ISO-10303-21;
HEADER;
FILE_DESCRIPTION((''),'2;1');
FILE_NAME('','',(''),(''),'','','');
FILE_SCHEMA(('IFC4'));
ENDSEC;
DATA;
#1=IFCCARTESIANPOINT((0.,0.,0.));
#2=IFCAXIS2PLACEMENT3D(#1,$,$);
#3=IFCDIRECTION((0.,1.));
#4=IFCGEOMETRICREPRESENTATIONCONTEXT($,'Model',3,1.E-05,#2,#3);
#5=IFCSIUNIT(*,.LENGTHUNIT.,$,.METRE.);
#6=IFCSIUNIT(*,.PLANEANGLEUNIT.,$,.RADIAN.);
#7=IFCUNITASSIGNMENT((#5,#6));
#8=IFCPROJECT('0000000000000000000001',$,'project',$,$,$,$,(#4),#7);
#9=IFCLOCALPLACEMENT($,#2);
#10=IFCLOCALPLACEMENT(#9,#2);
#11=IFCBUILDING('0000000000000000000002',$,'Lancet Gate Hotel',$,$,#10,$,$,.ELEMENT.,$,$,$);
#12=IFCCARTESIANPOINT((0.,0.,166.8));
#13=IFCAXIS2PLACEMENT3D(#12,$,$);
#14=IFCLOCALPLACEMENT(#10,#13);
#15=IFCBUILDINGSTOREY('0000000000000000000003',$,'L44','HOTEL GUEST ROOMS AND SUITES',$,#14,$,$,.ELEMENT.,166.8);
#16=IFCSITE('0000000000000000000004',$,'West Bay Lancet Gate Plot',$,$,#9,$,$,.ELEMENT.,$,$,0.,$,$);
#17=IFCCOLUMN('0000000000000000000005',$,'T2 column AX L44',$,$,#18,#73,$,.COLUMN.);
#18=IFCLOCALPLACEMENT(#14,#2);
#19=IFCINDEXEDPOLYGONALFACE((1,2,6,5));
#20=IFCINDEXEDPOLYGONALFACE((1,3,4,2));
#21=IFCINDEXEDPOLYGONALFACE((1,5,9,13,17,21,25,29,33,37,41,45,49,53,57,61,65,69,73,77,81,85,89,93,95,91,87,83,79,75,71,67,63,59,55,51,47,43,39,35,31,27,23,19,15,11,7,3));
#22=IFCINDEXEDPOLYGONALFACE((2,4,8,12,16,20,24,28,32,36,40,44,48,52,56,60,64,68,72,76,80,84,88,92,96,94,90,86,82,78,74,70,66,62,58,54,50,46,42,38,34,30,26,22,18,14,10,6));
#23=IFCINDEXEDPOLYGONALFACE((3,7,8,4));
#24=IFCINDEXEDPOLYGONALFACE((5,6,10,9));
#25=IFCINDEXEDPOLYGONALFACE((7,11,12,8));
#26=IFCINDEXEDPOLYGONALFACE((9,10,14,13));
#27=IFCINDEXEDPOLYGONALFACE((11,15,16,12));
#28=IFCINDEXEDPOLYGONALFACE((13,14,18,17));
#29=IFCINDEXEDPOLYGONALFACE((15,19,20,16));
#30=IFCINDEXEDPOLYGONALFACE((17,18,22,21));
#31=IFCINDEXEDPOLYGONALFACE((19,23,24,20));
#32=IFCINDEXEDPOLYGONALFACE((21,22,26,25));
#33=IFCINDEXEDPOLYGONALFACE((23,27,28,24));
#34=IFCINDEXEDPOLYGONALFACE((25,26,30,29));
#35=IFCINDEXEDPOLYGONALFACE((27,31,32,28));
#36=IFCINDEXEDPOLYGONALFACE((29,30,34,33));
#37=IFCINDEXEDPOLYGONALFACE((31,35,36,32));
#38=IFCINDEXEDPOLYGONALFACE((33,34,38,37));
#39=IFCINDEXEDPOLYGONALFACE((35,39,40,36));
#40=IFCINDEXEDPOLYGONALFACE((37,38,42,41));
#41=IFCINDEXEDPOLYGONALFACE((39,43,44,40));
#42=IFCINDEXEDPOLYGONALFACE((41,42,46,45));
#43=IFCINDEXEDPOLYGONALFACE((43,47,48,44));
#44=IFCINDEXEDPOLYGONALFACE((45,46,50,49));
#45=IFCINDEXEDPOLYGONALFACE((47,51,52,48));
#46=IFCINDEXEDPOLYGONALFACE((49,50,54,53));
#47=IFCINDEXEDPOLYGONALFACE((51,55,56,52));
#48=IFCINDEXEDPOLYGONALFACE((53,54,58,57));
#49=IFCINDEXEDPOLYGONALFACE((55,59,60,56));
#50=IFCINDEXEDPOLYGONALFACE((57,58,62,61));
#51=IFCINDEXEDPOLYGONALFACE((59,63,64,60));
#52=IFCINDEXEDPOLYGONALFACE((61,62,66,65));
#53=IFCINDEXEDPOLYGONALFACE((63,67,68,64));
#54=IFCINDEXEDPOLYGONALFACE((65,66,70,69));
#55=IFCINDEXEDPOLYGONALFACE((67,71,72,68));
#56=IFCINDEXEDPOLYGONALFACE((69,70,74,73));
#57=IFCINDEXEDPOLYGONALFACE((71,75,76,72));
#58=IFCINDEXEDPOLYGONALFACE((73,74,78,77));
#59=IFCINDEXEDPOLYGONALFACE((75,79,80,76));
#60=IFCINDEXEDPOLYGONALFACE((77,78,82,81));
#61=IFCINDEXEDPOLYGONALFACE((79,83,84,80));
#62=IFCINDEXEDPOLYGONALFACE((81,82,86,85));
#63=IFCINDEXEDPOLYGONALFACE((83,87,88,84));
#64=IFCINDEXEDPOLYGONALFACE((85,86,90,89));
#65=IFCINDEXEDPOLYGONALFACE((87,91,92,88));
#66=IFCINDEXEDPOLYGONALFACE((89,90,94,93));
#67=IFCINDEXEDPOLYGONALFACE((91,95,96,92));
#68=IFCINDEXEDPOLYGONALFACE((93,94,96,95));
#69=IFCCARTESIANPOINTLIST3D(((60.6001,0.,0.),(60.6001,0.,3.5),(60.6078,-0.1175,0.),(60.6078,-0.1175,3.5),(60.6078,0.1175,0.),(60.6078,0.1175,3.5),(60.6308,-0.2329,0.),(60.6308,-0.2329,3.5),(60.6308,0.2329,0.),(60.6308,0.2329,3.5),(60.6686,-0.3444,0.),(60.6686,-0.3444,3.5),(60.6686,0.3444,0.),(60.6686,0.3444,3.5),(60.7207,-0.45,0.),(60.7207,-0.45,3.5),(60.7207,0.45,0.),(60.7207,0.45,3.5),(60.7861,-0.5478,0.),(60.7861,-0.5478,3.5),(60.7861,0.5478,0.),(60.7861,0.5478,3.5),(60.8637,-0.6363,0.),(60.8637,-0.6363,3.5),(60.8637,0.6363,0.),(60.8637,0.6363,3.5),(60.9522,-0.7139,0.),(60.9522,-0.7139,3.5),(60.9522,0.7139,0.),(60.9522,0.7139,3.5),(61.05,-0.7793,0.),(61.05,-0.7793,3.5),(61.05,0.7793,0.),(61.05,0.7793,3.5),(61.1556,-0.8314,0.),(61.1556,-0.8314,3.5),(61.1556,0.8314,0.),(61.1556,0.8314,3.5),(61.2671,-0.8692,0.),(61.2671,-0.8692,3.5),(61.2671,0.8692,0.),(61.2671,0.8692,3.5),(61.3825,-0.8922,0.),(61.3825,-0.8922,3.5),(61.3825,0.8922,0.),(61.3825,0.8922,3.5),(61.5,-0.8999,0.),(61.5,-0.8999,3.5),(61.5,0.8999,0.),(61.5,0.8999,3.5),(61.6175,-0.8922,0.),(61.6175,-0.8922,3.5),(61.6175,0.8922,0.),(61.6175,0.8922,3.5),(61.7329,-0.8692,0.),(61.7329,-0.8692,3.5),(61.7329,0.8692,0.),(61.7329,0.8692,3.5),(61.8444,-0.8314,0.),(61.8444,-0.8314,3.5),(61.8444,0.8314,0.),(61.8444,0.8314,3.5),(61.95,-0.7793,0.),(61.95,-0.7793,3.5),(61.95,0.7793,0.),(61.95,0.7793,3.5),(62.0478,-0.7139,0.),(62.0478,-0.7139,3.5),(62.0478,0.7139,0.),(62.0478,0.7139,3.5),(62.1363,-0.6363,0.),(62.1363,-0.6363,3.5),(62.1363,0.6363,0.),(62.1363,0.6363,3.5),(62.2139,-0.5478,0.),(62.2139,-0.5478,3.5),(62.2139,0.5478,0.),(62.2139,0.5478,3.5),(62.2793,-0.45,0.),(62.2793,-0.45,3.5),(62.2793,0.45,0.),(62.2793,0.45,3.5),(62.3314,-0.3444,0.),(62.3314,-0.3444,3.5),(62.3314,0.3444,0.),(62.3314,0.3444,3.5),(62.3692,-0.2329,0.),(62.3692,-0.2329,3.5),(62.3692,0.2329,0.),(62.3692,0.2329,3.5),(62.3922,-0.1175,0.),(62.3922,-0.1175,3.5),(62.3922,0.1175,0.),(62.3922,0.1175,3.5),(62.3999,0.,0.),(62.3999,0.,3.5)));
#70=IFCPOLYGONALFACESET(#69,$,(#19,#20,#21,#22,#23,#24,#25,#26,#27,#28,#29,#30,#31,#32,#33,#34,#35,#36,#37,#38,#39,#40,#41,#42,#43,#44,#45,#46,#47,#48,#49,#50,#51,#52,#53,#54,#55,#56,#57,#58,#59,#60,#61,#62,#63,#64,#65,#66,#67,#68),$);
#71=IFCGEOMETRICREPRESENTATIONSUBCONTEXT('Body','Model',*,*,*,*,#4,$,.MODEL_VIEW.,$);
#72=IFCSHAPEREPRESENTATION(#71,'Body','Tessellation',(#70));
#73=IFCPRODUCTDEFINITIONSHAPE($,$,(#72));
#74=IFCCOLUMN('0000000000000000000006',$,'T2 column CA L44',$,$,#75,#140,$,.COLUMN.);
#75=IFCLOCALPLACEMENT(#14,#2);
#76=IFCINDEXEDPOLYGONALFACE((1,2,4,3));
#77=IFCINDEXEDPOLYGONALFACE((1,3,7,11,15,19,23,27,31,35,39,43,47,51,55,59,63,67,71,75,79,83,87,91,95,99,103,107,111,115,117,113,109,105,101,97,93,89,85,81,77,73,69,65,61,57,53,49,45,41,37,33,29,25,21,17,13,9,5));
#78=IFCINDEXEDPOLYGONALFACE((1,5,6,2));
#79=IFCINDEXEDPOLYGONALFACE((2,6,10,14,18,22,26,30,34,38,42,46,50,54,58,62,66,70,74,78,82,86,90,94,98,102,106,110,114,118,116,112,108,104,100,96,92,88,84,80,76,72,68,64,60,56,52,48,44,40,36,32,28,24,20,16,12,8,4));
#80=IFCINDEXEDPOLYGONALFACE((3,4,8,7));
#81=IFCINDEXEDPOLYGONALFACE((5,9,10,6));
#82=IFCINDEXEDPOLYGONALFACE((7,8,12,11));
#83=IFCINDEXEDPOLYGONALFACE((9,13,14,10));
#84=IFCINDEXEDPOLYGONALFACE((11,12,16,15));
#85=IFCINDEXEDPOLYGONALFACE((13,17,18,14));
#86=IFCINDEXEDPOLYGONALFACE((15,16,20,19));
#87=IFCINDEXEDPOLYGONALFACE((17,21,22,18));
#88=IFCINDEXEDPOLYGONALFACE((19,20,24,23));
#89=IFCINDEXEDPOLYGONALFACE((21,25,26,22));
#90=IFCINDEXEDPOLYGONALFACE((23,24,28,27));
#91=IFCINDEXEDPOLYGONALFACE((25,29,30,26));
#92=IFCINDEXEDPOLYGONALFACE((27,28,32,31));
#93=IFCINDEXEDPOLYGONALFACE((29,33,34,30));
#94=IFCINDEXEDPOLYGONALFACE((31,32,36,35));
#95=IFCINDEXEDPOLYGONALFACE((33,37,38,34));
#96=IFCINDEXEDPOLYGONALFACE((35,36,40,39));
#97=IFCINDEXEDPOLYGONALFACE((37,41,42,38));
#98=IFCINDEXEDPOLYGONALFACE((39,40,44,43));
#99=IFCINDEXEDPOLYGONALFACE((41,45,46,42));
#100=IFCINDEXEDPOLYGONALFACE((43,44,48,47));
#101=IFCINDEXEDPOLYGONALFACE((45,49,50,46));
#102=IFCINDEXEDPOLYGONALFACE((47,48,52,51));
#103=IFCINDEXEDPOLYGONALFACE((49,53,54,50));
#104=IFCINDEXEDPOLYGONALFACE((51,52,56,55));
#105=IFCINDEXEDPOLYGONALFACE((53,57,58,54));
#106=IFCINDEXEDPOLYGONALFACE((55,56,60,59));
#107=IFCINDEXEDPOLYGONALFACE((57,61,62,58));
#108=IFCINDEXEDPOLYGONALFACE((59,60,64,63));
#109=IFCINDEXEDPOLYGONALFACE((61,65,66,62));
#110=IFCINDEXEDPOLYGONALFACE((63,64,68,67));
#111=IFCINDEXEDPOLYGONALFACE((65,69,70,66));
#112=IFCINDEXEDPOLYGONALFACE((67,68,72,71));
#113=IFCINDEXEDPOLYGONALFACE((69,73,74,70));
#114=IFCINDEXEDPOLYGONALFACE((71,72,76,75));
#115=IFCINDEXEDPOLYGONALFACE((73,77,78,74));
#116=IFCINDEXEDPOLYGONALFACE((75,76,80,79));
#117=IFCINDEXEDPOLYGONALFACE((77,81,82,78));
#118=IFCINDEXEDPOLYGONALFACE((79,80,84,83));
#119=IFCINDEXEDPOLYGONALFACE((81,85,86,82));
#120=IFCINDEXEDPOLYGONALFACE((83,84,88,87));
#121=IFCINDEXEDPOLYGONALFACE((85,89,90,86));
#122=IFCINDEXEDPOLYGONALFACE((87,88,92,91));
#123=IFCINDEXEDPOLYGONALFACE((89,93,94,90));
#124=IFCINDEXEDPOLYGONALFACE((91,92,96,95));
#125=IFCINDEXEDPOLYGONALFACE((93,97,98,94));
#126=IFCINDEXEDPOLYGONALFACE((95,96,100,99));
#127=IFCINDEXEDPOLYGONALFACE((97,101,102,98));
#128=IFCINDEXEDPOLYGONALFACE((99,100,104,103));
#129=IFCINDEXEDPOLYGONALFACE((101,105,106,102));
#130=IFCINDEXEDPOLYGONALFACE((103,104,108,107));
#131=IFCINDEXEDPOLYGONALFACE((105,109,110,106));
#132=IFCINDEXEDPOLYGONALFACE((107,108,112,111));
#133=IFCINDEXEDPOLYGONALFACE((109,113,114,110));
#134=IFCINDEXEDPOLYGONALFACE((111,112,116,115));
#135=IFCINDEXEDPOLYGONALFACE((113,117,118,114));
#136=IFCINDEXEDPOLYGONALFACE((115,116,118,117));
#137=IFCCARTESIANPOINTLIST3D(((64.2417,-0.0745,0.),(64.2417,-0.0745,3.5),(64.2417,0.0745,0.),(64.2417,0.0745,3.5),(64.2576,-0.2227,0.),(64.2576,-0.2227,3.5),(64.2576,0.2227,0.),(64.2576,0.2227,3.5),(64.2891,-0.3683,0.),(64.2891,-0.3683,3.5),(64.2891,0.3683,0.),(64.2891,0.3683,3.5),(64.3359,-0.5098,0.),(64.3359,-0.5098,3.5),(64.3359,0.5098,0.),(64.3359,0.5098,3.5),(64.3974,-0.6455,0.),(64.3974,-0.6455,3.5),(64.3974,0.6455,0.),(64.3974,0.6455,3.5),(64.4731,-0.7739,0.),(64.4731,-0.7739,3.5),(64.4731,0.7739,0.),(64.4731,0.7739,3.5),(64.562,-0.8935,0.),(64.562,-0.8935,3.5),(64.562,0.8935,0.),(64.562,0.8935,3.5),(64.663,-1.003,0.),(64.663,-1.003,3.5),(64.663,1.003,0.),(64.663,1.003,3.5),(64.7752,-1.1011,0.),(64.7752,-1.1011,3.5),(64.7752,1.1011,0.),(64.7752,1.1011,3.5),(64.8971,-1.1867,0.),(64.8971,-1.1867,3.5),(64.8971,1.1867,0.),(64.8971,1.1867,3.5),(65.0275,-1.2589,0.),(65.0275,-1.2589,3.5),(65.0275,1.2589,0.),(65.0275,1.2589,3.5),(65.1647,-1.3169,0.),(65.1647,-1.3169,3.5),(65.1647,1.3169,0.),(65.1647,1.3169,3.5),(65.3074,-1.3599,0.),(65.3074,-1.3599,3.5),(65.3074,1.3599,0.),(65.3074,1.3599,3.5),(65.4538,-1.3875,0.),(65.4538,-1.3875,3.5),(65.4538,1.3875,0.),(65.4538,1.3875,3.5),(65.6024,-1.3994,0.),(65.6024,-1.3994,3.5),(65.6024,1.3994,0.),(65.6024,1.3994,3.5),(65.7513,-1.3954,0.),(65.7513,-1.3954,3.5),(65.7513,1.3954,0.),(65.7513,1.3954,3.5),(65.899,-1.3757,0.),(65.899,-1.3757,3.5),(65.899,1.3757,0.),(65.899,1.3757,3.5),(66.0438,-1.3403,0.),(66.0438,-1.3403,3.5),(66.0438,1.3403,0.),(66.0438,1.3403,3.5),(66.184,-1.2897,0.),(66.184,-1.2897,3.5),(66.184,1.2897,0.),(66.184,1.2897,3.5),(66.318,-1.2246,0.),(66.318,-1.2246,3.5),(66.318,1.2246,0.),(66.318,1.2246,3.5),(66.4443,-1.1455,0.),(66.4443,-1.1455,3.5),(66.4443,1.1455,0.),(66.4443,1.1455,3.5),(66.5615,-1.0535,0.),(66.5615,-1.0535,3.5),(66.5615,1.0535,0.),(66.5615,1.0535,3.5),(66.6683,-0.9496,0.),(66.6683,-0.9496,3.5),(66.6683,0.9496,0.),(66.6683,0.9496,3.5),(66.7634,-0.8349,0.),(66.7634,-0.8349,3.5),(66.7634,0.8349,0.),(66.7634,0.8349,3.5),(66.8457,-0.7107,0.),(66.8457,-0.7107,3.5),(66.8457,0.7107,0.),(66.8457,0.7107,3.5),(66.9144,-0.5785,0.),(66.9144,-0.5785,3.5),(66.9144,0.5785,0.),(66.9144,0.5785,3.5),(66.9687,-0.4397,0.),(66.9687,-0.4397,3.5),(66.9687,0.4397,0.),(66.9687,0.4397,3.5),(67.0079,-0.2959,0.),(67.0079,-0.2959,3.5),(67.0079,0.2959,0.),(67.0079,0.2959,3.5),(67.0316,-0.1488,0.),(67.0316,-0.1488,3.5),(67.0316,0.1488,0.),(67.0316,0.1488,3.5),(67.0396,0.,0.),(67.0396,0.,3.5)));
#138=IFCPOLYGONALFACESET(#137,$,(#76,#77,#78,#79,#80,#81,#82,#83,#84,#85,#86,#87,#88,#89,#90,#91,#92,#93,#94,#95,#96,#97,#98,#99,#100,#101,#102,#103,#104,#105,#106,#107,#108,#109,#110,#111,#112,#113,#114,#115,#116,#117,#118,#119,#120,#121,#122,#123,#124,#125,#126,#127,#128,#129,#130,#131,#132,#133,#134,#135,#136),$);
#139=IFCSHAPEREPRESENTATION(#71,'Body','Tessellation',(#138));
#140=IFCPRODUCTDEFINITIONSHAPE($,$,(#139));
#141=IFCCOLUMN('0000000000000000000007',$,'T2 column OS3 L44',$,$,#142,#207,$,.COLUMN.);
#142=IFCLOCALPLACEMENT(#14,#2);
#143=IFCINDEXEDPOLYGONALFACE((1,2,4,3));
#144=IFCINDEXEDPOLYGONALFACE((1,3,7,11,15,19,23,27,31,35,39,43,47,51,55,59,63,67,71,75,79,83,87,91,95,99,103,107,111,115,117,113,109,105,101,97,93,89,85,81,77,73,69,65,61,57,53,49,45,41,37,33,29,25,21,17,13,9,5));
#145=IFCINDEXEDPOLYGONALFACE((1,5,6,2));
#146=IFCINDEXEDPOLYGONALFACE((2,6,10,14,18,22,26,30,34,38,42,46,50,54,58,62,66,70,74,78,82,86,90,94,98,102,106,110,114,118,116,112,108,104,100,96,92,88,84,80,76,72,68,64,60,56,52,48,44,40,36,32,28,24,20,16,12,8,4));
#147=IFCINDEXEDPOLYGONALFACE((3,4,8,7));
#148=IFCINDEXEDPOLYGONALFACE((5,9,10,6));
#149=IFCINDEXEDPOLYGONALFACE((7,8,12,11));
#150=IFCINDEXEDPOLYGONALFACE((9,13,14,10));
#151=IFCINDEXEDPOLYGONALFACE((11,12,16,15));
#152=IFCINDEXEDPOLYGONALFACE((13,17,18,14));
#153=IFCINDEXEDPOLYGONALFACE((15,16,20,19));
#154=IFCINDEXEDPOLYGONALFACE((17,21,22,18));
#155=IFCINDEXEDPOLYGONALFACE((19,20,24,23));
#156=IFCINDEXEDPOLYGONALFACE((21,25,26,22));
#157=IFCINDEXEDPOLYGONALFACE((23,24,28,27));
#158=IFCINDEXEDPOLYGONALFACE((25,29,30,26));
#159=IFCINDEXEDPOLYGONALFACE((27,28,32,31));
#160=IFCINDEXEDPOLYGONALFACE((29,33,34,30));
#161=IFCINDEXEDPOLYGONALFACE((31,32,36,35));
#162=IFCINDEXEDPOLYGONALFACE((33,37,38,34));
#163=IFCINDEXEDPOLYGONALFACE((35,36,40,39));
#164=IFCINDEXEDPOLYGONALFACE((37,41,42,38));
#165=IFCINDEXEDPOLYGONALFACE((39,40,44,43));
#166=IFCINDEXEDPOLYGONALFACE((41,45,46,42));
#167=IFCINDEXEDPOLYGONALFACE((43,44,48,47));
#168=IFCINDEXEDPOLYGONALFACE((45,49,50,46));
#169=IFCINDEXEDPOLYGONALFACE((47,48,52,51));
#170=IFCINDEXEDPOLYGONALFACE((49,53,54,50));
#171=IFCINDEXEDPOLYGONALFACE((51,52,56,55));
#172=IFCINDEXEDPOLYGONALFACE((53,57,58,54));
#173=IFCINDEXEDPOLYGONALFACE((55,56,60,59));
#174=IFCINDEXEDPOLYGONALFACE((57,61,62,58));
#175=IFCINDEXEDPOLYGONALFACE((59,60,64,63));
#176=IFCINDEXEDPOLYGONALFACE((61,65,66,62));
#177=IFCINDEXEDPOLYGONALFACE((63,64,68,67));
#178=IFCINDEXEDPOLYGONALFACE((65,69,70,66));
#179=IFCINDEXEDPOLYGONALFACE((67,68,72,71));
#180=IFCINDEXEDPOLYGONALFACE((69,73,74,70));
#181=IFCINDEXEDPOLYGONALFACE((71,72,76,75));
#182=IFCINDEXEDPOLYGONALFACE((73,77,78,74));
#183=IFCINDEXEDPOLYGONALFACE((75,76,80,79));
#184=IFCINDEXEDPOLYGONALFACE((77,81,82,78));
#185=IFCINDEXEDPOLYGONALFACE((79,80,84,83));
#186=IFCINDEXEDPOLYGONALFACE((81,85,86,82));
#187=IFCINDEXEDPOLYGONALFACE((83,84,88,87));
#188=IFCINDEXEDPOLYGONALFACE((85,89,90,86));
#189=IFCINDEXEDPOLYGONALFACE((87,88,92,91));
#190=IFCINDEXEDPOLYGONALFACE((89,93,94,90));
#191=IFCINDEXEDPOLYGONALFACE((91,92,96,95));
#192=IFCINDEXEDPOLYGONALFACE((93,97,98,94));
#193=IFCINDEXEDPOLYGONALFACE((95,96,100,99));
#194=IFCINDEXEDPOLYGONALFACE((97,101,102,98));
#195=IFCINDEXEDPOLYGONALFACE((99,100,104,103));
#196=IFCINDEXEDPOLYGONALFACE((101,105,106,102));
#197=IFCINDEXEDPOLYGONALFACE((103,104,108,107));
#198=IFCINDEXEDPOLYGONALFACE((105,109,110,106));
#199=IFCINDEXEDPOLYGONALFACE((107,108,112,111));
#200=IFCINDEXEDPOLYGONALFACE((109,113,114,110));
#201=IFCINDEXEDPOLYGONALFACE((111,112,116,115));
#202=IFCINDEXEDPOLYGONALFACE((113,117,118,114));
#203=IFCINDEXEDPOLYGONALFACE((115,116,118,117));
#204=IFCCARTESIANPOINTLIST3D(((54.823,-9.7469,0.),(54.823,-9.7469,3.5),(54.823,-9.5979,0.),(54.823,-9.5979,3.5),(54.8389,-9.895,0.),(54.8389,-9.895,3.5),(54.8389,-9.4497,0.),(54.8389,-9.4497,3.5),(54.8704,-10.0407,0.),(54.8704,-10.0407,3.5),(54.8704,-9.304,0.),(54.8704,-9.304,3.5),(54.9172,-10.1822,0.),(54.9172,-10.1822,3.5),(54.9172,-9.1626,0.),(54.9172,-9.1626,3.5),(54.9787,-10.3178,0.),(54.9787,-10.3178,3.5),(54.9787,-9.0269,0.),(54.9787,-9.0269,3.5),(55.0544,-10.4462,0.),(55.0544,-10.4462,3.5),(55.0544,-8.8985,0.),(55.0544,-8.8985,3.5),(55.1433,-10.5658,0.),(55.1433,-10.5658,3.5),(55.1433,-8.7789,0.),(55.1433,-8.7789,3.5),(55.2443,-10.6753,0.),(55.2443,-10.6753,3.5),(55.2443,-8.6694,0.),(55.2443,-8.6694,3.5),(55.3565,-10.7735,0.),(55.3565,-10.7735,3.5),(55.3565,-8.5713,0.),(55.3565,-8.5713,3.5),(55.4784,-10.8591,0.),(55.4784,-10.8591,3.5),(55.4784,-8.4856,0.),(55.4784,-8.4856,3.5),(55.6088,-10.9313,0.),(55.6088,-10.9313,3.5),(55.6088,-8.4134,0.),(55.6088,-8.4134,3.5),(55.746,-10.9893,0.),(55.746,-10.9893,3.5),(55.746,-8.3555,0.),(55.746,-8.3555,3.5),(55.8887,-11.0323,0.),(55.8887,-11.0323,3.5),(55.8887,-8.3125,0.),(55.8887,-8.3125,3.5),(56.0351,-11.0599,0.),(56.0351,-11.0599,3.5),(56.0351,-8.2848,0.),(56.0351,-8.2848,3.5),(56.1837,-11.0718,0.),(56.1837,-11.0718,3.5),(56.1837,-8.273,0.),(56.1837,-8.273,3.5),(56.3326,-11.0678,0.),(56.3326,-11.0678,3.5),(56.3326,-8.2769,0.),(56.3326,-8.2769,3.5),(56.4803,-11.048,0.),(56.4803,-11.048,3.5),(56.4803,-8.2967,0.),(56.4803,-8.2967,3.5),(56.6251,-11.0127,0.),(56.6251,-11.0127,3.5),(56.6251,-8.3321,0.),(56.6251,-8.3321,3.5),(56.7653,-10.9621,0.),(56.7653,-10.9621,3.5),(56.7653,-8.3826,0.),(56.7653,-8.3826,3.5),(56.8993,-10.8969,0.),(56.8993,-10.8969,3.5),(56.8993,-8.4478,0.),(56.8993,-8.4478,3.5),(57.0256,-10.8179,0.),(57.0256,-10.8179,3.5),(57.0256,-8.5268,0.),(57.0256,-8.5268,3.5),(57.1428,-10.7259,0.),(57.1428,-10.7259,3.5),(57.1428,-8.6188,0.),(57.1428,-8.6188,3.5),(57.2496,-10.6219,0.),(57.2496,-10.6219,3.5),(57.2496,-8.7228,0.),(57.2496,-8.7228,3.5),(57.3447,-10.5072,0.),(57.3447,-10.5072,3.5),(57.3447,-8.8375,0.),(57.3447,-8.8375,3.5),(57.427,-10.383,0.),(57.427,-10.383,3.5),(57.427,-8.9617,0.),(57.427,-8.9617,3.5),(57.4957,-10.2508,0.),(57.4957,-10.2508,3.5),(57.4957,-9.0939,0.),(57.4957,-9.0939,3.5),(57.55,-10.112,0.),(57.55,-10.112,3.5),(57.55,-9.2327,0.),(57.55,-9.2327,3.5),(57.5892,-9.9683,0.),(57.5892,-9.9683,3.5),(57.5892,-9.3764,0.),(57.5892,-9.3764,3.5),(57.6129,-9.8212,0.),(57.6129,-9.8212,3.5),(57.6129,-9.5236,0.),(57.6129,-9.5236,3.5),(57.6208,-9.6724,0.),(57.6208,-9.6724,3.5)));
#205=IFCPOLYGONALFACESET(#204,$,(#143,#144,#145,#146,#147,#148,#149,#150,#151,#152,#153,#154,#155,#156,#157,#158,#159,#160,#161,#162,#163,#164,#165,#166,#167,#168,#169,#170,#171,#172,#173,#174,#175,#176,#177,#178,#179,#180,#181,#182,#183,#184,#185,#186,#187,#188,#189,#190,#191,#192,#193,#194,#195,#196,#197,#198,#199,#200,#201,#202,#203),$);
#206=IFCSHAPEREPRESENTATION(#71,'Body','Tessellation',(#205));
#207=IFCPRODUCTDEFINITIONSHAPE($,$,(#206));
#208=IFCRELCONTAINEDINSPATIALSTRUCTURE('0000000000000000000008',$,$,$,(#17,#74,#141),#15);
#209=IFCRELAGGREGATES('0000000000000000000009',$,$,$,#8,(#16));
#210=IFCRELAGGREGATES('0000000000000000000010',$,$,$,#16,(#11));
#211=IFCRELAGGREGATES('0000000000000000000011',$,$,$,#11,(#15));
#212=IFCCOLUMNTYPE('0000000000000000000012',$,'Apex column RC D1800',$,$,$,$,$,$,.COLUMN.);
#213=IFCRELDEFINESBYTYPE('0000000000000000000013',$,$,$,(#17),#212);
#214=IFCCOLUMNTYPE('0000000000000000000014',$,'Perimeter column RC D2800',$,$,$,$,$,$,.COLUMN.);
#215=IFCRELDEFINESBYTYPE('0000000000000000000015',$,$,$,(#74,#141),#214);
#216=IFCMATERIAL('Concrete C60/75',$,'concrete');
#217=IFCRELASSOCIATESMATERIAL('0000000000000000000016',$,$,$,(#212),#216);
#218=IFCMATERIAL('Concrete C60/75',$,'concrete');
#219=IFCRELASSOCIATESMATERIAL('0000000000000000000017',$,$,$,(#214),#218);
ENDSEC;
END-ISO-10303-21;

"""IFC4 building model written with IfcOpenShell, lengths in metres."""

from ifc_helpers import new_model, si_unit, direction, frame, origin, origin_2d, place, context, subcontext, project, spatial, circle, extrude, material, material_profile, profile_set, type_object, element, save


model = new_model("IFC4")

# Units and contexts
model_context = context("Model", 3, precision=1e-05, world=origin(), true_north=direction((0.0, 1.0)))
body_context = subcontext(model_context, "Body", "Model", "MODEL_VIEW")
ifc_project = project(units=[si_unit("LENGTHUNIT", "METRE"), si_unit("PLANEANGLEUNIT", "RADIAN")], contexts=[model_context])

# Site, building, storey
site_placement = place(None, origin())
site = spatial("IfcSite", under=ifc_project, at=site_placement, Name="West Bay Lancet Gate Plot", CompositionType="ELEMENT", RefElevation=0.0)
building_placement = place(site_placement, origin())
building = spatial("IfcBuilding", under=site, at=building_placement, Name="Lancet Gate Hotel", CompositionType="ELEMENT")
storey_placement = place(building_placement, frame((0.0, 0.0, 166.8)))
storey = spatial("IfcBuildingStorey", under=building, at=storey_placement, Name="L44", Description="HOTEL GUEST ROOMS AND SUITES", CompositionType="ELEMENT", Elevation=166.8)

# Columns
ifc_material_1 = material(Name="Concrete C60/75", Category="concrete")
ifc_material_profile_1 = material_profile(ifc_material_1, circle(Radius=0.8999, at=origin_2d()), Name="RC D1800")
ifc_profile_set_1 = profile_set([ifc_material_profile_1], Name="Concrete C60/75")
column_type_1 = type_object("IfcColumnType", Name="Apex column RC D1800", PredefinedType="COLUMN", material=ifc_profile_set_1)
column_placement = place(storey_placement, frame((61.5, 0.0, 0.0), z_axis=(0.0, 0.0, 1.0), x_axis=(1.0, 0.0, 0.0)))
element("IfcColumn", 1, at=column_placement, inside=storey, type_object=column_type_1, Name="T2 column AX L44", PredefinedType="COLUMN", context=body_context, shape_type="SweptSolid", body=[
    extrude(circle(Radius=0.8999, at=origin_2d()), origin(), (0.0, 0.0, 1.0), 3.5),
])
ifc_material_2 = material(Name="Concrete C60/75", Category="concrete")
ifc_material_profile_2 = material_profile(ifc_material_2, circle(Radius=1.3999, at=origin_2d()), Name="RC D2800")
ifc_profile_set_2 = profile_set([ifc_material_profile_2], Name="Concrete C60/75")
column_type_2 = type_object("IfcColumnType", Name="Perimeter column RC D2800", PredefinedType="COLUMN", material=ifc_profile_set_2)
for number, where, z_axis, x_axis, name in (
    (2, (65.6396, 0.0, 0.0), (0.0, 0.0, 1.0), (1.0, 0.0, 0.0), "T2 column CA L44"),
    (3, (56.2209, -9.6724, 0.0), (0.0, 0.0, 1.0), (1.0, 0.0, 0.0), "T2 column OS3 L44"),
):
    element("IfcColumn", number, at=place(storey_placement, frame(where, z_axis=z_axis, x_axis=x_axis)), inside=storey, type_object=column_type_2, Name=name, PredefinedType="COLUMN", context=body_context, shape_type="SweptSolid", body=[
        extrude(circle(Radius=1.3999, at=origin_2d()), origin(), (0.0, 0.0, 1.0), 3.5),
    ])

save(model, "model.ifc")
